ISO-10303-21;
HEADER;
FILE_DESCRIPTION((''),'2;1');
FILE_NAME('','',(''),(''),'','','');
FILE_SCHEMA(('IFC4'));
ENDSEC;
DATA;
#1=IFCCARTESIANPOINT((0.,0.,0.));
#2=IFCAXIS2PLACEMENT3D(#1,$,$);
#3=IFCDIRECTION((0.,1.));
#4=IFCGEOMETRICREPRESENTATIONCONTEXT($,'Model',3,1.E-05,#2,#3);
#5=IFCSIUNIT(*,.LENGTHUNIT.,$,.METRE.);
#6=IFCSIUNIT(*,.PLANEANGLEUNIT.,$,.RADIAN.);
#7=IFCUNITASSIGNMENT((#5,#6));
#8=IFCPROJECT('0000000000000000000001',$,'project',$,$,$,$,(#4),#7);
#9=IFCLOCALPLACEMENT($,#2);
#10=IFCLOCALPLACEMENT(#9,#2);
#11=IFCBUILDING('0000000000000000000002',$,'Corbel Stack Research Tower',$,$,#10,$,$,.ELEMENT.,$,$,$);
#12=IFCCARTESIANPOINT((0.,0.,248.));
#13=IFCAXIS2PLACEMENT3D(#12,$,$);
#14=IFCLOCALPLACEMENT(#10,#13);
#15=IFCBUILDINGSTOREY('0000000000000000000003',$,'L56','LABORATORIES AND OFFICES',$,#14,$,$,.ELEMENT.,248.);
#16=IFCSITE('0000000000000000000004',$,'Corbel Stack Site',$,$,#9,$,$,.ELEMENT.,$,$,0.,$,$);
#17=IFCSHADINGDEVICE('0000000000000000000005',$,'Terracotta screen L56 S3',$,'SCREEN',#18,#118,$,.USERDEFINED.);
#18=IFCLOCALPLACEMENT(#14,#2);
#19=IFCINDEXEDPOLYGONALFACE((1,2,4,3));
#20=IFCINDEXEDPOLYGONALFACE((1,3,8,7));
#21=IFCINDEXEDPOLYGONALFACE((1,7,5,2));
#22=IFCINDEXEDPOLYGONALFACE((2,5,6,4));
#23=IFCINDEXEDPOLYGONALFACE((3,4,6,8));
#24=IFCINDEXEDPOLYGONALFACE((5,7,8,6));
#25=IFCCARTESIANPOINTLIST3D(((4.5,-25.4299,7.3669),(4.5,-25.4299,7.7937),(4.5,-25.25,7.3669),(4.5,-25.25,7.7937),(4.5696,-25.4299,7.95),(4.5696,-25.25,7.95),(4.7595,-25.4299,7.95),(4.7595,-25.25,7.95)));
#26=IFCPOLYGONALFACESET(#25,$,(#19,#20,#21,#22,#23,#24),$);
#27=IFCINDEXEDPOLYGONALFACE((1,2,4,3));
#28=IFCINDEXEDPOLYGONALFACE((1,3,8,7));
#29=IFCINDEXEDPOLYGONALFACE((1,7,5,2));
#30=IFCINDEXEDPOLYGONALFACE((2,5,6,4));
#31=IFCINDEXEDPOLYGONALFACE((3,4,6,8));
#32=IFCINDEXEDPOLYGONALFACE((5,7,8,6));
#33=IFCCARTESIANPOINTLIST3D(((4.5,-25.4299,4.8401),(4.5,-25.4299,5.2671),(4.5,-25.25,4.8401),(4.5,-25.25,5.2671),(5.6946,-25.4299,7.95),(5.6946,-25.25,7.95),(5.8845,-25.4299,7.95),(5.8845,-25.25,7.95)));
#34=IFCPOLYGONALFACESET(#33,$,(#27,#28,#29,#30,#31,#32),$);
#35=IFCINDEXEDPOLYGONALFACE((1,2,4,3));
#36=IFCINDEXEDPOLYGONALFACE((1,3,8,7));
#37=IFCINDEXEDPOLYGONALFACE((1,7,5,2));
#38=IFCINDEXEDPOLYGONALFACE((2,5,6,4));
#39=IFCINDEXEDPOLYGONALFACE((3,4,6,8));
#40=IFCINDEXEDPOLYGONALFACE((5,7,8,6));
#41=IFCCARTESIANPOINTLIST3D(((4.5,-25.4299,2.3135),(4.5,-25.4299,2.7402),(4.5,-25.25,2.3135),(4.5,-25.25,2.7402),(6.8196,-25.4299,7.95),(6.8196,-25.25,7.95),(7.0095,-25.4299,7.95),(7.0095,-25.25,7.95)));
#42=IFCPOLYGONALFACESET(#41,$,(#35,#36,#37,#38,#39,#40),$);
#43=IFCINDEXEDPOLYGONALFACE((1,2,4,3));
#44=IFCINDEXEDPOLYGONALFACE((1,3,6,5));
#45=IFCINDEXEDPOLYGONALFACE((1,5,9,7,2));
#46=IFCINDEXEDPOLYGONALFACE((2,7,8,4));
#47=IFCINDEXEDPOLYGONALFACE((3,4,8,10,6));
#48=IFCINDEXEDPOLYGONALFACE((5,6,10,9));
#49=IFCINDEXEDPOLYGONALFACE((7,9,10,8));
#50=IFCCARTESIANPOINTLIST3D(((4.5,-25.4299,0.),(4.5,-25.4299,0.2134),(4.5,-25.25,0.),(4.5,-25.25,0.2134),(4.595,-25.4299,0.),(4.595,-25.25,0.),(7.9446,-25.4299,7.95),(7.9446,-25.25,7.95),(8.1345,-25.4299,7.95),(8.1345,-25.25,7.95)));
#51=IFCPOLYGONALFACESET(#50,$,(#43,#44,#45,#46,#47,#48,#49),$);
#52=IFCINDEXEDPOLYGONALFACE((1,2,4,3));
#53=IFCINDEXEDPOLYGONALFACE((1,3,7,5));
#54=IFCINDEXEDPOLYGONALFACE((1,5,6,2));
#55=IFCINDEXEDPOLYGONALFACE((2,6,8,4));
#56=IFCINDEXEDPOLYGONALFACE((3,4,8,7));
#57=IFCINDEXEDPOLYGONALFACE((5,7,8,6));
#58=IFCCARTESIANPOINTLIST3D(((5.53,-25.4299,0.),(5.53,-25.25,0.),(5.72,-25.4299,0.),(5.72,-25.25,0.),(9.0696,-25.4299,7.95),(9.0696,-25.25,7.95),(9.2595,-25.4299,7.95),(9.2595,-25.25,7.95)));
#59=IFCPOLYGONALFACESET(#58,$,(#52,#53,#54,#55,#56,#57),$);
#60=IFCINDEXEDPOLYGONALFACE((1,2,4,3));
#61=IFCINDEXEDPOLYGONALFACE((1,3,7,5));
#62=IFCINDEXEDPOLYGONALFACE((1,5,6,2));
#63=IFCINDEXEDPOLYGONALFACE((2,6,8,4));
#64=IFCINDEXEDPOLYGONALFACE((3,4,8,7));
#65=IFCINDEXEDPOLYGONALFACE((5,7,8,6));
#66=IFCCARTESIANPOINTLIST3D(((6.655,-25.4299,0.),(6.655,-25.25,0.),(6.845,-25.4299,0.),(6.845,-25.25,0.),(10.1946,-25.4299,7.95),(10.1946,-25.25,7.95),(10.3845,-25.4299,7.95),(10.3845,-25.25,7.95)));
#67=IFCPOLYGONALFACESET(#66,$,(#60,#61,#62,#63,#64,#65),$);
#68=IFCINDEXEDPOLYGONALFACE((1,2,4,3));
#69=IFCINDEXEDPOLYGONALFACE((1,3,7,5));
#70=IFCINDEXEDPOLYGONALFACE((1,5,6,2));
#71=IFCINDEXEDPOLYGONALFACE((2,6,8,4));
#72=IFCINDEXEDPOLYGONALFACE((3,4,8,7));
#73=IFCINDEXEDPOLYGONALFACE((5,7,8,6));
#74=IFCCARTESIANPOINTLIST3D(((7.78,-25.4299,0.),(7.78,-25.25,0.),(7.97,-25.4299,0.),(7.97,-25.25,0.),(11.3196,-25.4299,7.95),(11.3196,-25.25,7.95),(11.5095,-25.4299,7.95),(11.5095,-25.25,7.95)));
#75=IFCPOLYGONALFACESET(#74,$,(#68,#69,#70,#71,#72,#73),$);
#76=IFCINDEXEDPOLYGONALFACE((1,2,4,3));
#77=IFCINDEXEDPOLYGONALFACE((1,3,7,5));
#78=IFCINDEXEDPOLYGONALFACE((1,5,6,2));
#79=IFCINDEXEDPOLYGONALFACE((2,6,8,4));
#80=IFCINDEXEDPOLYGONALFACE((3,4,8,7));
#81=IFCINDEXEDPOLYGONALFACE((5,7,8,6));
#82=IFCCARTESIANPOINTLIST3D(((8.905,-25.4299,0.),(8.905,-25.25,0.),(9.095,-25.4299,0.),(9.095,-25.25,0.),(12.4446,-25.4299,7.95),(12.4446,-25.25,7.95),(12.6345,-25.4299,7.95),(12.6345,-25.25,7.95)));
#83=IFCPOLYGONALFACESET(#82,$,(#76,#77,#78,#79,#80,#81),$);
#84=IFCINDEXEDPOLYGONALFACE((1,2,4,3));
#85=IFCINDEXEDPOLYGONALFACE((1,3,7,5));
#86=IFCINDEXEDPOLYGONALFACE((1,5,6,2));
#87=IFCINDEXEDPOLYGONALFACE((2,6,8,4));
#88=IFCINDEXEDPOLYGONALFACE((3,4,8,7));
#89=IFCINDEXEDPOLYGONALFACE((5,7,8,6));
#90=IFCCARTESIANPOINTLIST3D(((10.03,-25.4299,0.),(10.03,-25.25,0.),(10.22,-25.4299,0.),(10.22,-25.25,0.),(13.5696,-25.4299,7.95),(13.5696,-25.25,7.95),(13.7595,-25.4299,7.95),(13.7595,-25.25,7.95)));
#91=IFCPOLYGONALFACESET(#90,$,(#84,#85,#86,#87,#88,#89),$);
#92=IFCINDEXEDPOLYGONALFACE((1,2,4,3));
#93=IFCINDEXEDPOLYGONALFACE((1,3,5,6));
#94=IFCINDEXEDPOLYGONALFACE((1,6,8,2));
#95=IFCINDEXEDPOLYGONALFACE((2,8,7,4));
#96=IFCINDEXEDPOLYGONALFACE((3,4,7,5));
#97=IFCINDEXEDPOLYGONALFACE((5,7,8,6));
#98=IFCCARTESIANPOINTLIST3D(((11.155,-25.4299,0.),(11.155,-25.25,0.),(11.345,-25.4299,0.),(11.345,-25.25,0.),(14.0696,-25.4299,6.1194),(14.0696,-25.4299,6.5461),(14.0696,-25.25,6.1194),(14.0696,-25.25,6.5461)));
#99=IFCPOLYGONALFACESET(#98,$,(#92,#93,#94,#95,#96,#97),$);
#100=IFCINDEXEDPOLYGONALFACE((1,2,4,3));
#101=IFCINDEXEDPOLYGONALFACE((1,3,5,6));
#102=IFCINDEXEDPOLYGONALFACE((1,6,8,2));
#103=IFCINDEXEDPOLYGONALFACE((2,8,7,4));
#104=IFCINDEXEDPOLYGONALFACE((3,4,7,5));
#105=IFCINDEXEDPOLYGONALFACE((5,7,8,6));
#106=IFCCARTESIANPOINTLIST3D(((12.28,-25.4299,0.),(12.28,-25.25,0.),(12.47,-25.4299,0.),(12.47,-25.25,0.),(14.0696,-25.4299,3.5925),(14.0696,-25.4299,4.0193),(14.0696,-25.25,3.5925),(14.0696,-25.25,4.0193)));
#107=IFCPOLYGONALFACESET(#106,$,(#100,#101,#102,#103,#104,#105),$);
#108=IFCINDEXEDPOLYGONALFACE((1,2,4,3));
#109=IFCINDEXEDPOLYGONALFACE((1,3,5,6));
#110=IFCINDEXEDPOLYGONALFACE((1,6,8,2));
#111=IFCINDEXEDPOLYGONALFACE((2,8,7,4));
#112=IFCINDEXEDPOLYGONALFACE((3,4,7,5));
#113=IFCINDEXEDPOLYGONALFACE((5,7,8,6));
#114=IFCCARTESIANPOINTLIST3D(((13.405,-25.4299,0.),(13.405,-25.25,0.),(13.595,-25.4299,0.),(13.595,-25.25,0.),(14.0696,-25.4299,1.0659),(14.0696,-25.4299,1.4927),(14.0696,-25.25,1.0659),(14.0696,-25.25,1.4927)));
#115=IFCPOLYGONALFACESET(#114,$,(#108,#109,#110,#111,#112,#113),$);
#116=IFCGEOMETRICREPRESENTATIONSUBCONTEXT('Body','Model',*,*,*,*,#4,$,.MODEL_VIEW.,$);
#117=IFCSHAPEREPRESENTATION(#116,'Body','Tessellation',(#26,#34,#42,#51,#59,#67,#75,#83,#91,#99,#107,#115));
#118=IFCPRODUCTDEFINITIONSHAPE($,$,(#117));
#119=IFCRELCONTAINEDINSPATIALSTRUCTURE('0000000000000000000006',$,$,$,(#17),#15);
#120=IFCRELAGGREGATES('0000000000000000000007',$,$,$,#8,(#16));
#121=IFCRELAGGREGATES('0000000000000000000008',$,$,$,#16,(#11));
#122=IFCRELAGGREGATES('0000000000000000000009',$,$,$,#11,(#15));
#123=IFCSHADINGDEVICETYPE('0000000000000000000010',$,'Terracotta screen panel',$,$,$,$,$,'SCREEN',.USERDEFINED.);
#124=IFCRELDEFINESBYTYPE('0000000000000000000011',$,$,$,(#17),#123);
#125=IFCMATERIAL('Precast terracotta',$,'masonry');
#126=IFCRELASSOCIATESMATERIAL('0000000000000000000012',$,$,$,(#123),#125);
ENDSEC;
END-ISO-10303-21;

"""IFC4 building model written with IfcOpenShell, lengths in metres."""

from ifc_helpers import new_model, si_unit, direction, frame, origin, place, context, subcontext, project, spatial, polyline, outline, extrude, source, transform, mapped, material, type_object, element, save


model = new_model("IFC4")

# Units and contexts
model_context = context("Model", 3, precision=1e-05, world=origin(), true_north=direction((0.0, 1.0)))
body_context = subcontext(model_context, "Body", "Model", "MODEL_VIEW")
ifc_project = project(units=[si_unit("LENGTHUNIT", "METRE"), si_unit("PLANEANGLEUNIT", "RADIAN")], contexts=[model_context])

# Site, building, storey
site_placement = place(None, origin())
site = spatial("IfcSite", under=ifc_project, at=site_placement, Name="Corbel Stack Site", CompositionType="ELEMENT", RefElevation=0.0)
building_placement = place(site_placement, origin())
building = spatial("IfcBuilding", under=site, at=building_placement, Name="Corbel Stack Research Tower", CompositionType="ELEMENT")
storey_placement = place(building_placement, frame((0.0, 0.0, 248.0)))
storey = spatial("IfcBuildingStorey", under=building, at=storey_placement, Name="L56", Description="LABORATORIES AND OFFICES", CompositionType="ELEMENT", Elevation=248.0)

# Shading device
ifc_material_1 = material(Name="Precast terracotta", Category="masonry")
shading_device_type = type_object("IfcShadingDeviceType", Name="Terracotta screen panel", ElementType="SCREEN", PredefinedType="USERDEFINED", material=ifc_material_1)
shared_shape_1 = source(origin(), body_context, "Body", "SweptSolid", [
    extrude(outline(polyline([(0.2595, 7.95), (0.0696, 7.95), (0.0, 7.7937), (0.0, 7.3669), (0.2595, 7.95)])), frame((0.0, 0.0, 0.0), z_axis=(0.0, -1.0, 0.0), x_axis=(1.0, 0.0, 0.0)), (0.0, 0.0, 1.0), 0.1799),
    extrude(outline(polyline([(1.3845, 7.95), (1.1946, 7.95), (0.0, 5.2671), (0.0, 4.8401), (1.3845, 7.95)])), frame((0.0, 0.0, 0.0), z_axis=(0.0, -1.0, 0.0), x_axis=(1.0, 0.0, 0.0)), (0.0, 0.0, 1.0), 0.1799),
    extrude(outline(polyline([(2.5095, 7.95), (2.3196, 7.95), (0.0, 2.7402), (0.0, 2.3135), (2.5095, 7.95)])), frame((0.0, 0.0, 0.0), z_axis=(0.0, -1.0, 0.0), x_axis=(1.0, 0.0, 0.0)), (0.0, 0.0, 1.0), 0.1799),
    extrude(outline(polyline([(0.095, 0.0), (3.6345, 7.95), (3.4446, 7.95), (0.0, 0.2134), (0.0, 0.0), (0.095, 0.0)])), frame((0.0, 0.0, 0.0), z_axis=(0.0, -1.0, 0.0), x_axis=(1.0, 0.0, 0.0)), (0.0, 0.0, 1.0), 0.1799),
    extrude(outline(polyline([(1.22, 0.0), (4.7595, 7.95), (4.5696, 7.95), (1.03, 0.0), (1.22, 0.0)])), frame((0.0, 0.0, 0.0), z_axis=(0.0, -1.0, 0.0), x_axis=(1.0, 0.0, 0.0)), (0.0, 0.0, 1.0), 0.1799),
    extrude(outline(polyline([(2.345, 0.0), (5.8845, 7.95), (5.6946, 7.95), (2.155, 0.0), (2.345, 0.0)])), frame((0.0, 0.0, 0.0), z_axis=(0.0, -1.0, 0.0), x_axis=(1.0, 0.0, 0.0)), (0.0, 0.0, 1.0), 0.1799),
    extrude(outline(polyline([(3.47, 0.0), (7.0095, 7.95), (6.8196, 7.95), (3.28, 0.0), (3.47, 0.0)])), frame((0.0, 0.0, 0.0), z_axis=(0.0, -1.0, 0.0), x_axis=(1.0, 0.0, 0.0)), (0.0, 0.0, 1.0), 0.1799),
    extrude(outline(polyline([(4.595, 0.0), (8.1345, 7.95), (7.9446, 7.95), (4.405, 0.0), (4.595, 0.0)])), frame((0.0, 0.0, 0.0), z_axis=(0.0, -1.0, 0.0), x_axis=(1.0, 0.0, 0.0)), (0.0, 0.0, 1.0), 0.1799),
    extrude(outline(polyline([(5.72, 0.0), (9.2595, 7.95), (9.0696, 7.95), (5.53, 0.0), (5.72, 0.0)])), frame((0.0, 0.0, 0.0), z_axis=(0.0, -1.0, 0.0), x_axis=(1.0, 0.0, 0.0)), (0.0, 0.0, 1.0), 0.1799),
    extrude(outline(polyline([(6.845, 0.0), (9.5696, 6.1194), (9.5696, 6.5461), (6.655, 0.0), (6.845, 0.0)])), frame((0.0, 0.0, 0.0), z_axis=(0.0, -1.0, 0.0), x_axis=(1.0, 0.0, 0.0)), (0.0, 0.0, 1.0), 0.1799),
    extrude(outline(polyline([(7.97, 0.0), (9.5696, 3.5925), (9.5696, 4.0193), (7.78, 0.0), (7.97, 0.0)])), frame((0.0, 0.0, 0.0), z_axis=(0.0, -1.0, 0.0), x_axis=(1.0, 0.0, 0.0)), (0.0, 0.0, 1.0), 0.1799),
    extrude(outline(polyline([(9.095, 0.0), (9.5696, 1.0659), (9.5696, 1.4927), (8.905, 0.0), (9.095, 0.0)])), frame((0.0, 0.0, 0.0), z_axis=(0.0, -1.0, 0.0), x_axis=(1.0, 0.0, 0.0)), (0.0, 0.0, 1.0), 0.1799),
])
shading_device_1_placement = place(storey_placement, frame((4.5, -25.25, 0.0), z_axis=(0.0, 0.0, 1.0), x_axis=(1.0, 0.0, 0.0)))
element("IfcShadingDevice", 1, at=shading_device_1_placement, inside=storey, type_object=shading_device_type, Name="Terracotta screen L56 S3", ObjectType="SCREEN", PredefinedType="USERDEFINED", context=body_context, shape_type="MappedRepresentation", body=[
    mapped(shared_shape_1, transform((0.0, 0.0, 0.0))),
])

save(model, "model.ifc")
